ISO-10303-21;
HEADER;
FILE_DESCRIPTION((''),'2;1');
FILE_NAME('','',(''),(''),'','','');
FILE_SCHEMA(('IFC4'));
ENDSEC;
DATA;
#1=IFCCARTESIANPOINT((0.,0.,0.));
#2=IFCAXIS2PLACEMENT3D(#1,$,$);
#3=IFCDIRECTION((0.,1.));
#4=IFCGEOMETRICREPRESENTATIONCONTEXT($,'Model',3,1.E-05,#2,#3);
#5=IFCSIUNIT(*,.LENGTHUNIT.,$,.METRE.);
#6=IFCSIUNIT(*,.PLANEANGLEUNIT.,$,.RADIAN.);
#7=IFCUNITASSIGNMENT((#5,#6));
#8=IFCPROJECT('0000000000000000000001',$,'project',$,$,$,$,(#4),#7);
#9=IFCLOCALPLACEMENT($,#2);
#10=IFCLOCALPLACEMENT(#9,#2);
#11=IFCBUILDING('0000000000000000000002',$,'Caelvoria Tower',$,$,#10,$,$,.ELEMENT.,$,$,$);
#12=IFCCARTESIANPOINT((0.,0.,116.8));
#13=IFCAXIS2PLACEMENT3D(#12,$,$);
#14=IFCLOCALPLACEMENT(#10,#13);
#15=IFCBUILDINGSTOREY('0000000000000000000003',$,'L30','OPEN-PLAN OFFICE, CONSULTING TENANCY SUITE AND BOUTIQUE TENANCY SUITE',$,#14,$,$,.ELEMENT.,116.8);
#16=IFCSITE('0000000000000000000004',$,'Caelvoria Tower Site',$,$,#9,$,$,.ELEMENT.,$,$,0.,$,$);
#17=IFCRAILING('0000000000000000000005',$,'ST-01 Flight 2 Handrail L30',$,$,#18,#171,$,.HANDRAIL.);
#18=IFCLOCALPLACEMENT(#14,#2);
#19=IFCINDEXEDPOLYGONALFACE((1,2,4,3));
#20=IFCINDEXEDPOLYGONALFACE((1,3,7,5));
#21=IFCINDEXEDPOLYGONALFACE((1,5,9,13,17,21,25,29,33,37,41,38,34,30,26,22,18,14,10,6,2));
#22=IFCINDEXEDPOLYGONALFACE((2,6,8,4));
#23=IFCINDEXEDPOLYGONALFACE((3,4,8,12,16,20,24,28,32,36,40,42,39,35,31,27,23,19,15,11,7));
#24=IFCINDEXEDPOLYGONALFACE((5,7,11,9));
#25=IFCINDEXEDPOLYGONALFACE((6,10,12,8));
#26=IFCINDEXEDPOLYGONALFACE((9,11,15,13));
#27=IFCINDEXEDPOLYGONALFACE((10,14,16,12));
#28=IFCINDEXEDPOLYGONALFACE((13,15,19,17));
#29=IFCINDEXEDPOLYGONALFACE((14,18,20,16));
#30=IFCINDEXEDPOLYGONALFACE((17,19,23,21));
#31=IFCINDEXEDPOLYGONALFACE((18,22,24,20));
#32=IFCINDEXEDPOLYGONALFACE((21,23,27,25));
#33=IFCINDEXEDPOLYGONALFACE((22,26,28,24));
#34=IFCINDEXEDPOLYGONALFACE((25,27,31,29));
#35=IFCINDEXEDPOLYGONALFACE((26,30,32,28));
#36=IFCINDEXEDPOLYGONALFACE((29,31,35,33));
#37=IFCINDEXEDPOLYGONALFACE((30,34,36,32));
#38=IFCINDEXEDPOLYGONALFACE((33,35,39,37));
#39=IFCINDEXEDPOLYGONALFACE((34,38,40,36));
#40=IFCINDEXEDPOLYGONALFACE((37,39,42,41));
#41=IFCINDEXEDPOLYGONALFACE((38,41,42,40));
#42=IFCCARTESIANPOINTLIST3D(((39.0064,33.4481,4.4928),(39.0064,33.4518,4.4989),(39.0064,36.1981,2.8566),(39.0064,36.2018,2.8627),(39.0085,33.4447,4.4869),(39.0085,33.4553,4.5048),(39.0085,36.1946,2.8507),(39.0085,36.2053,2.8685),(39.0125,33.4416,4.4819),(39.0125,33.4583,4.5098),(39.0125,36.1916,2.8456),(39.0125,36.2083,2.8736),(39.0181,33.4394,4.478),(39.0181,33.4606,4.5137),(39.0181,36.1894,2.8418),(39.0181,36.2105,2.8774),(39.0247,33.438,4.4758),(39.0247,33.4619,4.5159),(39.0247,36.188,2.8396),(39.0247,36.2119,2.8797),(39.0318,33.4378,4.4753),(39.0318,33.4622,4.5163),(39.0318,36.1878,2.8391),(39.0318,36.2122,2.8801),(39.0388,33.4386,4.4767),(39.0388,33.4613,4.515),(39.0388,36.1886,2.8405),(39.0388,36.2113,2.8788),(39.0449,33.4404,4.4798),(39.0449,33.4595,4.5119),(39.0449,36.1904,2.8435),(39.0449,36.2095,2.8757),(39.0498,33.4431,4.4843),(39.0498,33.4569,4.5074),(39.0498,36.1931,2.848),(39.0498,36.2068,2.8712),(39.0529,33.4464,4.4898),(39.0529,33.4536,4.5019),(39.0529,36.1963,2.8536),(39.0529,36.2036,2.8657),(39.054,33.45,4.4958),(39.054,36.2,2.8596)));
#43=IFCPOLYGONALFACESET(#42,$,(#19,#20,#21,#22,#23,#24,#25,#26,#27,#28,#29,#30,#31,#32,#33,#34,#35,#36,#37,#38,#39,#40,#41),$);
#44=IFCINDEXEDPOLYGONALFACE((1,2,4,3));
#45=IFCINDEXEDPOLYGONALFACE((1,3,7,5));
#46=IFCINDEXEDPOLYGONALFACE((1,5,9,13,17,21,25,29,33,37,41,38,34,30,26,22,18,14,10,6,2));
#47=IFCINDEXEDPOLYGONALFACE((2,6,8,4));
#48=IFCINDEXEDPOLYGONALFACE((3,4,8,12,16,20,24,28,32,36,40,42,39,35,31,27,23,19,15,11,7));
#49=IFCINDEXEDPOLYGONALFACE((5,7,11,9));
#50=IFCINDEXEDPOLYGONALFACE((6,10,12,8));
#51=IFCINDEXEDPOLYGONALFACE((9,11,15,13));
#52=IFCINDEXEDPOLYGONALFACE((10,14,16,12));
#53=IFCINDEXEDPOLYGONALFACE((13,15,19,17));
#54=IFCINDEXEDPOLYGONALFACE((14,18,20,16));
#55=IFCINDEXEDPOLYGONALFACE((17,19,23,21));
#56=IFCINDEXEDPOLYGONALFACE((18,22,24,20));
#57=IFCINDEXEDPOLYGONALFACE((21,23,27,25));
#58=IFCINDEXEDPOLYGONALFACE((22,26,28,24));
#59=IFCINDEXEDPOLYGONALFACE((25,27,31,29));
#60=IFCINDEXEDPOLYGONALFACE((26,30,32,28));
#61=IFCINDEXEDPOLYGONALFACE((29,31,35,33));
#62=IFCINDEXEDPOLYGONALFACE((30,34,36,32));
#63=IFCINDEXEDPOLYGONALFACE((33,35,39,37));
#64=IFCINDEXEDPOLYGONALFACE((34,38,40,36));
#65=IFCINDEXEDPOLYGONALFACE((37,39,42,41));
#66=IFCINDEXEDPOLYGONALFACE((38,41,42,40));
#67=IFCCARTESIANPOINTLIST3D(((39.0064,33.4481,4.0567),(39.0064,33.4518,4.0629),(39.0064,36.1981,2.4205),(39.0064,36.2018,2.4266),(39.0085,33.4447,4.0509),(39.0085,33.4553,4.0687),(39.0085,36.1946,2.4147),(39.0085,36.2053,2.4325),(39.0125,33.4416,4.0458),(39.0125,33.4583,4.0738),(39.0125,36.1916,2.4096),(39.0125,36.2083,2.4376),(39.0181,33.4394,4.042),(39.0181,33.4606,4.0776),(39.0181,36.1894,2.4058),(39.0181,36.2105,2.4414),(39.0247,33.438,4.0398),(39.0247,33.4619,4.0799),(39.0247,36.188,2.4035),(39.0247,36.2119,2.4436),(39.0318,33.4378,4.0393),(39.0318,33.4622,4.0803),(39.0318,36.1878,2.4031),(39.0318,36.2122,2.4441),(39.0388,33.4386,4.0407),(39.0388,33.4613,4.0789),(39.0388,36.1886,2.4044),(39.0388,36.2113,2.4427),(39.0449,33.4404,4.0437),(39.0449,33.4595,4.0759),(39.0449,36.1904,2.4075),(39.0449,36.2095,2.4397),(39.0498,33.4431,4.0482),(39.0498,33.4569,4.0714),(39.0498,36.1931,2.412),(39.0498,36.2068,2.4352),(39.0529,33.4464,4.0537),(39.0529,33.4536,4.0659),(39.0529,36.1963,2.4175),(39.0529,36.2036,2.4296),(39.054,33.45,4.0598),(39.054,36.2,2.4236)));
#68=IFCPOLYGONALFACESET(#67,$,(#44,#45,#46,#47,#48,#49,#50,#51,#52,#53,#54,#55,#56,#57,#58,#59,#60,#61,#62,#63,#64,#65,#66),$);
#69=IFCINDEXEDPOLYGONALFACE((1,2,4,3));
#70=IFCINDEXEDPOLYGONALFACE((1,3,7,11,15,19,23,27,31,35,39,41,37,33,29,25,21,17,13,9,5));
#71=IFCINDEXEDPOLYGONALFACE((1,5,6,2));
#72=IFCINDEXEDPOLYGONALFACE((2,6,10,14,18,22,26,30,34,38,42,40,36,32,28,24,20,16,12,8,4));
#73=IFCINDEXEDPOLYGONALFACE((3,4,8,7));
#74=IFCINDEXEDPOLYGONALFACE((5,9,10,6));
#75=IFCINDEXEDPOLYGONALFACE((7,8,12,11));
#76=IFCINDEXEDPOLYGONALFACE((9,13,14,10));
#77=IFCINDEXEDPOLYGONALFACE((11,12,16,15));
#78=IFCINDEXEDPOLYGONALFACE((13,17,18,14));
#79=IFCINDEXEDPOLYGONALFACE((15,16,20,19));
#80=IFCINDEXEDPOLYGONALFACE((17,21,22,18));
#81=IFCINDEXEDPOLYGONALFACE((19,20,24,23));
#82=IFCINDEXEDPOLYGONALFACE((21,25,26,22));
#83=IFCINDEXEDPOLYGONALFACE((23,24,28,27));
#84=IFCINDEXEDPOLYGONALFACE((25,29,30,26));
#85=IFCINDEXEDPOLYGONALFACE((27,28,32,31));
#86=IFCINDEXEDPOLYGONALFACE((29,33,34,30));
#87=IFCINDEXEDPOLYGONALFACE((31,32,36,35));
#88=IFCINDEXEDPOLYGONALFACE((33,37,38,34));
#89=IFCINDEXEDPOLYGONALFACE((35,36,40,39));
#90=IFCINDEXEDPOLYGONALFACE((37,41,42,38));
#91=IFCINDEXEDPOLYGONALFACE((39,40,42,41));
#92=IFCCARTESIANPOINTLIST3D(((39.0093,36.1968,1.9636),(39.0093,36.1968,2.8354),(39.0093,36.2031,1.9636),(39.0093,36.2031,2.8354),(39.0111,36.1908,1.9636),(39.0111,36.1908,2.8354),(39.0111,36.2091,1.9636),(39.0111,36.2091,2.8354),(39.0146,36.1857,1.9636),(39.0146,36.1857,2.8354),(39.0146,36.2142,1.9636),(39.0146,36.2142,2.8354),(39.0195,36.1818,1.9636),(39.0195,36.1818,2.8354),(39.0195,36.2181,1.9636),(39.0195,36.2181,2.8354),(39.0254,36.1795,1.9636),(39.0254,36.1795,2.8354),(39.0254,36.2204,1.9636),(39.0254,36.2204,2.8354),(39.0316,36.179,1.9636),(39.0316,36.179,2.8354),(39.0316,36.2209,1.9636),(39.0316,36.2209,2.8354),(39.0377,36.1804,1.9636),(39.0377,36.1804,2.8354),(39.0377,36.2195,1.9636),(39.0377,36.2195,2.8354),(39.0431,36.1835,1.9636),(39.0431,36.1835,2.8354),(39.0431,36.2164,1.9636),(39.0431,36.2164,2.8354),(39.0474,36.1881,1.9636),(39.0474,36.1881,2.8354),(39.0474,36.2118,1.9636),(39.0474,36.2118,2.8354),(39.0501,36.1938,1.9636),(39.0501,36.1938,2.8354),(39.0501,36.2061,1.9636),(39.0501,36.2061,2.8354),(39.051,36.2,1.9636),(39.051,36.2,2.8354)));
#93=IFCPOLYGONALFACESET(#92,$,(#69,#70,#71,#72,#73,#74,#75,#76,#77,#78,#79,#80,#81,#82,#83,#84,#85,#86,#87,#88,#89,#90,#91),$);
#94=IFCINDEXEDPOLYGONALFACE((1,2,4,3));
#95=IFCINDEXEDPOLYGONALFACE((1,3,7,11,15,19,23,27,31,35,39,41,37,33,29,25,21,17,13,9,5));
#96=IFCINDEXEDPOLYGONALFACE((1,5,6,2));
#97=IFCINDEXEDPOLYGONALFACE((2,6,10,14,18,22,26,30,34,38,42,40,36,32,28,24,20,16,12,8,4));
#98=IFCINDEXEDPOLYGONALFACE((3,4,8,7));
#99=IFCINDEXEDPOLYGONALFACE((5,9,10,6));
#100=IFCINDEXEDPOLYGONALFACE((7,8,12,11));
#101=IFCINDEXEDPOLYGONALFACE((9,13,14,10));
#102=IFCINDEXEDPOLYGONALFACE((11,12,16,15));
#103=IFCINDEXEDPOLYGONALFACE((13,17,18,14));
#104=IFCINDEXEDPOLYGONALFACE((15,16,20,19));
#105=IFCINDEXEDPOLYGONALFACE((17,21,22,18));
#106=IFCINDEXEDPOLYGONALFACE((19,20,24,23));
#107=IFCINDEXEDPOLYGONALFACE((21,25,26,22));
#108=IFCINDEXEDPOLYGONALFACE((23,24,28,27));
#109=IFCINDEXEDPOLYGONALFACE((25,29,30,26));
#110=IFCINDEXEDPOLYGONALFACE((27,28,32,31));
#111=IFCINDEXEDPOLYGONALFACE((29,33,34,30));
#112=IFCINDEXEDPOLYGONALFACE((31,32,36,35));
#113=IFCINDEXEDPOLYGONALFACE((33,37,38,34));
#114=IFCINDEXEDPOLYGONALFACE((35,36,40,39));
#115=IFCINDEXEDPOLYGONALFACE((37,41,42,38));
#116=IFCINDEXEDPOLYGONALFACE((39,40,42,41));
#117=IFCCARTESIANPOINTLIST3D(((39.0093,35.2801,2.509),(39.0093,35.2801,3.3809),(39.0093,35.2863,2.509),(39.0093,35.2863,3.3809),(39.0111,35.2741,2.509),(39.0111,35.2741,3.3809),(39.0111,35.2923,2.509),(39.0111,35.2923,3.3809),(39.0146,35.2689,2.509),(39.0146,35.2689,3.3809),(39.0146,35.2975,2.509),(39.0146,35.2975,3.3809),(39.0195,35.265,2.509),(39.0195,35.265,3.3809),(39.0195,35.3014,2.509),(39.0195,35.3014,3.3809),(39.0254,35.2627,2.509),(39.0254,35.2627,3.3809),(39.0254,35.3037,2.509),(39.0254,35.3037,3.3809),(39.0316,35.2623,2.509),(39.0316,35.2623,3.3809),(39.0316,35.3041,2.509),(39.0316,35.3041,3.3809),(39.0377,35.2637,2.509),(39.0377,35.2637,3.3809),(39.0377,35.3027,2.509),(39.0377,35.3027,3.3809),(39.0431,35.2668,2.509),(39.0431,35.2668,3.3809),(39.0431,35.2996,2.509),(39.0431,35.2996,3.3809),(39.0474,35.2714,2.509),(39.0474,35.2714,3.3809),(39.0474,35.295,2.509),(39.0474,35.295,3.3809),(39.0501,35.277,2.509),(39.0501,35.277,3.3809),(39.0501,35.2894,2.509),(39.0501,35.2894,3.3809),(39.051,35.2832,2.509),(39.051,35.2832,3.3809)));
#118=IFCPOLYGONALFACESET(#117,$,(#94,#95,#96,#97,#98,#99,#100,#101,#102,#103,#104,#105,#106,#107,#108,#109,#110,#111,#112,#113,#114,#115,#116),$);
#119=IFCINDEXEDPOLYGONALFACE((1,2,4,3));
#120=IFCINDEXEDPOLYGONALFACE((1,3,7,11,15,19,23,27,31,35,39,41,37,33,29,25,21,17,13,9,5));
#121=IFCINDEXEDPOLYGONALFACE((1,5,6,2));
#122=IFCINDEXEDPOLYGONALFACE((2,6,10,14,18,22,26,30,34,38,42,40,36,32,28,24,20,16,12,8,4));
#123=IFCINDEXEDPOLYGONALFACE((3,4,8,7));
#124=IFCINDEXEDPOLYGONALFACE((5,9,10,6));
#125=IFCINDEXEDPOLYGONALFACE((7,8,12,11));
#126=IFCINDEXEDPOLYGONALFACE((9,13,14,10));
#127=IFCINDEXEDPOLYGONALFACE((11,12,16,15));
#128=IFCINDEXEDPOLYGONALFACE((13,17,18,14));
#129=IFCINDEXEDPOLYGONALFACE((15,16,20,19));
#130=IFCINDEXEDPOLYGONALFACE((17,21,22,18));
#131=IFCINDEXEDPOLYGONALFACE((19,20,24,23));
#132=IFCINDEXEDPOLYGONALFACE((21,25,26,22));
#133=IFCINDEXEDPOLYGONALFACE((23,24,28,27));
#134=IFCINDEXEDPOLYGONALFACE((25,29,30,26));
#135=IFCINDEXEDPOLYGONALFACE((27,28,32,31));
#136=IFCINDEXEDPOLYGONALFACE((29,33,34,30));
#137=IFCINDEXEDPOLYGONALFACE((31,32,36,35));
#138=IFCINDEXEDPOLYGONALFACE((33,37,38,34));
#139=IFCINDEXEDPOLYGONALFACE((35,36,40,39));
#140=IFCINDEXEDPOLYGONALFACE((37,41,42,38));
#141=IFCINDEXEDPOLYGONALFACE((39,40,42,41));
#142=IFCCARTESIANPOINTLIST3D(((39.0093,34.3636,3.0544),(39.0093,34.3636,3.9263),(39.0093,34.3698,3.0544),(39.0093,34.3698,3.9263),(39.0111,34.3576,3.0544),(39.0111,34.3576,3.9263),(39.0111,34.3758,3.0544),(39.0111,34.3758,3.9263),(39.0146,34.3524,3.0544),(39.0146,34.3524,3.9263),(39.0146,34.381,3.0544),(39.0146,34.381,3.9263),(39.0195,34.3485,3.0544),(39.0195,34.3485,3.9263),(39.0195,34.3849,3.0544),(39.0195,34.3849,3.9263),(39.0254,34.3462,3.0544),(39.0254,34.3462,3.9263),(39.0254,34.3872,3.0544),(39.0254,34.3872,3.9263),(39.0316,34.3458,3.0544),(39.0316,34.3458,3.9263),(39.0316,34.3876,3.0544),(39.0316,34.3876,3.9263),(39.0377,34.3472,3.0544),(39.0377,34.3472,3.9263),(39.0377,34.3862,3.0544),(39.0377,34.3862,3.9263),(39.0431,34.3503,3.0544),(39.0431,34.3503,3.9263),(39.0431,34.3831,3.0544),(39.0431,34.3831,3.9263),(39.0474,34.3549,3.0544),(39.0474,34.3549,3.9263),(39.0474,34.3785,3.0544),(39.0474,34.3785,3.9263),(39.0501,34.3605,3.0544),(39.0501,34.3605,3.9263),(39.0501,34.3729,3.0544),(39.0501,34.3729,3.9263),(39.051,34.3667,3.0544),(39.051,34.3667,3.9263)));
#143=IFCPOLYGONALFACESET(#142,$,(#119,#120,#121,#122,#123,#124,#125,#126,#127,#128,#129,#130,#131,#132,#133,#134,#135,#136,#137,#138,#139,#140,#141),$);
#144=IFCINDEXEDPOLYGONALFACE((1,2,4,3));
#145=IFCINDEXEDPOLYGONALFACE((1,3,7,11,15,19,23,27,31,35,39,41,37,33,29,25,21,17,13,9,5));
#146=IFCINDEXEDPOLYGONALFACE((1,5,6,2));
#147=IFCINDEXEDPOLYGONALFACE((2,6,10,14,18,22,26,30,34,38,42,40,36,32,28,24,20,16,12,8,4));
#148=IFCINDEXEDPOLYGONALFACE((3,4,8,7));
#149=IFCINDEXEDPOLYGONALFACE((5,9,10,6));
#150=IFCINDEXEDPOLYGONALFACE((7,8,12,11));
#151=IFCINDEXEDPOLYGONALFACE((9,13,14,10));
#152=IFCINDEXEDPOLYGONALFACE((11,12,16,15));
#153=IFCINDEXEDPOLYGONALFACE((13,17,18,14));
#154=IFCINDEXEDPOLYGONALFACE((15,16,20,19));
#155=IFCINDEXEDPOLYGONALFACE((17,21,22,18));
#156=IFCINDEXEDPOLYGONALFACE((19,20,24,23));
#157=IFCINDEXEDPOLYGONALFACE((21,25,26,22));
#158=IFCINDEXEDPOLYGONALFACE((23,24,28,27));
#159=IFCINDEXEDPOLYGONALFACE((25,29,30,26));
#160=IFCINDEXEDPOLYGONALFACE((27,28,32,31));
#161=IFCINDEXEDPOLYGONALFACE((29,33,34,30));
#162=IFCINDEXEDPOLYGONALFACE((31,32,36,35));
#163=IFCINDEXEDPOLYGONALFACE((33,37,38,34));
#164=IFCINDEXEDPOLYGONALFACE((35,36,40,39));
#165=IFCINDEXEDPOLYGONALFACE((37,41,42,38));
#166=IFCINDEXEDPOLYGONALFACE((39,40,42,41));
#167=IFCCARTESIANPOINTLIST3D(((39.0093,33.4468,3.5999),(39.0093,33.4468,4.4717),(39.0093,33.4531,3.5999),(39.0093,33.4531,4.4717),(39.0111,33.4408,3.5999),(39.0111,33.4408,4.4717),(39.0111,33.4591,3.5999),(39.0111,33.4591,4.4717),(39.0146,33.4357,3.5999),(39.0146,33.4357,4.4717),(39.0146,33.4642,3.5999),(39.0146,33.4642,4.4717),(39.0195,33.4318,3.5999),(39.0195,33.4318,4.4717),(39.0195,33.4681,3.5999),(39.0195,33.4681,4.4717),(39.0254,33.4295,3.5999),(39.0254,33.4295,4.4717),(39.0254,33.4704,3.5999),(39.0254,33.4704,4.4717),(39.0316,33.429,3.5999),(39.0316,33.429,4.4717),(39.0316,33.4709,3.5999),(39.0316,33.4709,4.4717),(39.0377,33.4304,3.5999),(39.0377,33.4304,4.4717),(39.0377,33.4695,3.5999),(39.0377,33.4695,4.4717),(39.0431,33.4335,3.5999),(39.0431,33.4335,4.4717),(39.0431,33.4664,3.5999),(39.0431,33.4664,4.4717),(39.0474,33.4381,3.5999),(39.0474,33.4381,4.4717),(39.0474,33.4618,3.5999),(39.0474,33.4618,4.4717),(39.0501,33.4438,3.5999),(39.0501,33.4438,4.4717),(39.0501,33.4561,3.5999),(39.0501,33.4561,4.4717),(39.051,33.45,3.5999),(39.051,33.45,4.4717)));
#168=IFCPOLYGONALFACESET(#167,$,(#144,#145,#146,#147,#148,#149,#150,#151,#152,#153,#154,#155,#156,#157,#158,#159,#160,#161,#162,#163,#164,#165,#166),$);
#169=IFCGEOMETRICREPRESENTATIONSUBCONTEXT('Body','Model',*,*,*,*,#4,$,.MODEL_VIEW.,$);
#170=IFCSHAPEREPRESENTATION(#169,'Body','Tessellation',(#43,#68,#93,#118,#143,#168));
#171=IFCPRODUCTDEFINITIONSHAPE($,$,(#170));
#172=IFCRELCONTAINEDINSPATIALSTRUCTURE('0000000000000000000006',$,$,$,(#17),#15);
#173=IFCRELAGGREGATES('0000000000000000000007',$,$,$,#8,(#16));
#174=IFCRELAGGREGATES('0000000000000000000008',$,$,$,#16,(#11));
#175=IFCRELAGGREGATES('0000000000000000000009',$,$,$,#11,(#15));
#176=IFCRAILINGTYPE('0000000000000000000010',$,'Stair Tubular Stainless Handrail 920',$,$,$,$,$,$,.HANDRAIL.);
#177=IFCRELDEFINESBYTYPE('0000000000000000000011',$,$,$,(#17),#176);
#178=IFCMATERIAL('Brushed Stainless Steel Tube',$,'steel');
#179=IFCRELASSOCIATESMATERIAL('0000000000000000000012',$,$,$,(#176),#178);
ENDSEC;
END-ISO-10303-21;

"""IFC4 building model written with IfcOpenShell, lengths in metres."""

from ifc_helpers import new_model, si_unit, direction, frame, origin, origin_2d, place, context, subcontext, project, spatial, circle, extrude, material, type_object, element, save


model = new_model("IFC4")

# Units and contexts
model_context = context("Model", 3, precision=1e-05, world=origin(), true_north=direction((0.0, 1.0)))
body_context = subcontext(model_context, "Body", "Model", "MODEL_VIEW")
ifc_project = project(units=[si_unit("LENGTHUNIT", "METRE"), si_unit("PLANEANGLEUNIT", "RADIAN")], contexts=[model_context])

# Site, building, storey
site_placement = place(None, origin())
site = spatial("IfcSite", under=ifc_project, at=site_placement, Name="Caelvoria Tower Site", CompositionType="ELEMENT", RefElevation=0.0)
building_placement = place(site_placement, origin())
building = spatial("IfcBuilding", under=site, at=building_placement, Name="Caelvoria Tower", CompositionType="ELEMENT")
storey_placement = place(building_placement, frame((0.0, 0.0, 116.8)))
storey = spatial("IfcBuildingStorey", under=building, at=storey_placement, Name="L30", Description="OPEN-PLAN OFFICE, CONSULTING TENANCY SUITE AND BOUTIQUE TENANCY SUITE", CompositionType="ELEMENT", Elevation=116.8)

# Railing
ifc_material_1 = material(Name="Brushed Stainless Steel Tube", Category="steel")
railing_type_1 = type_object("IfcRailingType", Name="Stair Tubular Stainless Handrail 920", PredefinedType="HANDRAIL", material=ifc_material_1)
railing_1_placement = place(storey_placement, frame((39.03, 36.2, 1.9636)))
element("IfcRailing", 1, at=railing_1_placement, inside=storey, type_object=railing_type_1, Name="ST-01 Flight 2 Handrail L30", PredefinedType="HANDRAIL", context=body_context, shape_type="SweptSolid", body=[
    extrude(circle(Radius=0.0239, at=origin_2d()), frame((0.0, 0.0, 0.896), z_axis=(0.0, -0.859385, 0.511328), x_axis=(1.0, 0.0, 0.0)), (0.0, 0.0, 1.0), 3.2),
    extrude(circle(Radius=0.0239, at=origin_2d()), frame((0.0, 0.0, 0.46), z_axis=(0.0, -0.859385, 0.511328), x_axis=(1.0, 0.0, 0.0)), (0.0, 0.0, 1.0), 3.2),
    extrude(circle(Radius=0.021, at=origin_2d()), origin(), (0.0, 0.0, 1.0), 0.8718),
    extrude(circle(Radius=0.021, at=origin_2d()), frame((0.0, -0.9167, 0.5454)), (0.0, 0.0, 1.0), 0.8718),
    extrude(circle(Radius=0.021, at=origin_2d()), frame((0.0, -1.8333, 1.0908)), (0.0, 0.0, 1.0), 0.8718),
    extrude(circle(Radius=0.021, at=origin_2d()), frame((0.0, -2.75, 1.6362)), (0.0, 0.0, 1.0), 0.8718),
])

save(model, "model.ifc")
